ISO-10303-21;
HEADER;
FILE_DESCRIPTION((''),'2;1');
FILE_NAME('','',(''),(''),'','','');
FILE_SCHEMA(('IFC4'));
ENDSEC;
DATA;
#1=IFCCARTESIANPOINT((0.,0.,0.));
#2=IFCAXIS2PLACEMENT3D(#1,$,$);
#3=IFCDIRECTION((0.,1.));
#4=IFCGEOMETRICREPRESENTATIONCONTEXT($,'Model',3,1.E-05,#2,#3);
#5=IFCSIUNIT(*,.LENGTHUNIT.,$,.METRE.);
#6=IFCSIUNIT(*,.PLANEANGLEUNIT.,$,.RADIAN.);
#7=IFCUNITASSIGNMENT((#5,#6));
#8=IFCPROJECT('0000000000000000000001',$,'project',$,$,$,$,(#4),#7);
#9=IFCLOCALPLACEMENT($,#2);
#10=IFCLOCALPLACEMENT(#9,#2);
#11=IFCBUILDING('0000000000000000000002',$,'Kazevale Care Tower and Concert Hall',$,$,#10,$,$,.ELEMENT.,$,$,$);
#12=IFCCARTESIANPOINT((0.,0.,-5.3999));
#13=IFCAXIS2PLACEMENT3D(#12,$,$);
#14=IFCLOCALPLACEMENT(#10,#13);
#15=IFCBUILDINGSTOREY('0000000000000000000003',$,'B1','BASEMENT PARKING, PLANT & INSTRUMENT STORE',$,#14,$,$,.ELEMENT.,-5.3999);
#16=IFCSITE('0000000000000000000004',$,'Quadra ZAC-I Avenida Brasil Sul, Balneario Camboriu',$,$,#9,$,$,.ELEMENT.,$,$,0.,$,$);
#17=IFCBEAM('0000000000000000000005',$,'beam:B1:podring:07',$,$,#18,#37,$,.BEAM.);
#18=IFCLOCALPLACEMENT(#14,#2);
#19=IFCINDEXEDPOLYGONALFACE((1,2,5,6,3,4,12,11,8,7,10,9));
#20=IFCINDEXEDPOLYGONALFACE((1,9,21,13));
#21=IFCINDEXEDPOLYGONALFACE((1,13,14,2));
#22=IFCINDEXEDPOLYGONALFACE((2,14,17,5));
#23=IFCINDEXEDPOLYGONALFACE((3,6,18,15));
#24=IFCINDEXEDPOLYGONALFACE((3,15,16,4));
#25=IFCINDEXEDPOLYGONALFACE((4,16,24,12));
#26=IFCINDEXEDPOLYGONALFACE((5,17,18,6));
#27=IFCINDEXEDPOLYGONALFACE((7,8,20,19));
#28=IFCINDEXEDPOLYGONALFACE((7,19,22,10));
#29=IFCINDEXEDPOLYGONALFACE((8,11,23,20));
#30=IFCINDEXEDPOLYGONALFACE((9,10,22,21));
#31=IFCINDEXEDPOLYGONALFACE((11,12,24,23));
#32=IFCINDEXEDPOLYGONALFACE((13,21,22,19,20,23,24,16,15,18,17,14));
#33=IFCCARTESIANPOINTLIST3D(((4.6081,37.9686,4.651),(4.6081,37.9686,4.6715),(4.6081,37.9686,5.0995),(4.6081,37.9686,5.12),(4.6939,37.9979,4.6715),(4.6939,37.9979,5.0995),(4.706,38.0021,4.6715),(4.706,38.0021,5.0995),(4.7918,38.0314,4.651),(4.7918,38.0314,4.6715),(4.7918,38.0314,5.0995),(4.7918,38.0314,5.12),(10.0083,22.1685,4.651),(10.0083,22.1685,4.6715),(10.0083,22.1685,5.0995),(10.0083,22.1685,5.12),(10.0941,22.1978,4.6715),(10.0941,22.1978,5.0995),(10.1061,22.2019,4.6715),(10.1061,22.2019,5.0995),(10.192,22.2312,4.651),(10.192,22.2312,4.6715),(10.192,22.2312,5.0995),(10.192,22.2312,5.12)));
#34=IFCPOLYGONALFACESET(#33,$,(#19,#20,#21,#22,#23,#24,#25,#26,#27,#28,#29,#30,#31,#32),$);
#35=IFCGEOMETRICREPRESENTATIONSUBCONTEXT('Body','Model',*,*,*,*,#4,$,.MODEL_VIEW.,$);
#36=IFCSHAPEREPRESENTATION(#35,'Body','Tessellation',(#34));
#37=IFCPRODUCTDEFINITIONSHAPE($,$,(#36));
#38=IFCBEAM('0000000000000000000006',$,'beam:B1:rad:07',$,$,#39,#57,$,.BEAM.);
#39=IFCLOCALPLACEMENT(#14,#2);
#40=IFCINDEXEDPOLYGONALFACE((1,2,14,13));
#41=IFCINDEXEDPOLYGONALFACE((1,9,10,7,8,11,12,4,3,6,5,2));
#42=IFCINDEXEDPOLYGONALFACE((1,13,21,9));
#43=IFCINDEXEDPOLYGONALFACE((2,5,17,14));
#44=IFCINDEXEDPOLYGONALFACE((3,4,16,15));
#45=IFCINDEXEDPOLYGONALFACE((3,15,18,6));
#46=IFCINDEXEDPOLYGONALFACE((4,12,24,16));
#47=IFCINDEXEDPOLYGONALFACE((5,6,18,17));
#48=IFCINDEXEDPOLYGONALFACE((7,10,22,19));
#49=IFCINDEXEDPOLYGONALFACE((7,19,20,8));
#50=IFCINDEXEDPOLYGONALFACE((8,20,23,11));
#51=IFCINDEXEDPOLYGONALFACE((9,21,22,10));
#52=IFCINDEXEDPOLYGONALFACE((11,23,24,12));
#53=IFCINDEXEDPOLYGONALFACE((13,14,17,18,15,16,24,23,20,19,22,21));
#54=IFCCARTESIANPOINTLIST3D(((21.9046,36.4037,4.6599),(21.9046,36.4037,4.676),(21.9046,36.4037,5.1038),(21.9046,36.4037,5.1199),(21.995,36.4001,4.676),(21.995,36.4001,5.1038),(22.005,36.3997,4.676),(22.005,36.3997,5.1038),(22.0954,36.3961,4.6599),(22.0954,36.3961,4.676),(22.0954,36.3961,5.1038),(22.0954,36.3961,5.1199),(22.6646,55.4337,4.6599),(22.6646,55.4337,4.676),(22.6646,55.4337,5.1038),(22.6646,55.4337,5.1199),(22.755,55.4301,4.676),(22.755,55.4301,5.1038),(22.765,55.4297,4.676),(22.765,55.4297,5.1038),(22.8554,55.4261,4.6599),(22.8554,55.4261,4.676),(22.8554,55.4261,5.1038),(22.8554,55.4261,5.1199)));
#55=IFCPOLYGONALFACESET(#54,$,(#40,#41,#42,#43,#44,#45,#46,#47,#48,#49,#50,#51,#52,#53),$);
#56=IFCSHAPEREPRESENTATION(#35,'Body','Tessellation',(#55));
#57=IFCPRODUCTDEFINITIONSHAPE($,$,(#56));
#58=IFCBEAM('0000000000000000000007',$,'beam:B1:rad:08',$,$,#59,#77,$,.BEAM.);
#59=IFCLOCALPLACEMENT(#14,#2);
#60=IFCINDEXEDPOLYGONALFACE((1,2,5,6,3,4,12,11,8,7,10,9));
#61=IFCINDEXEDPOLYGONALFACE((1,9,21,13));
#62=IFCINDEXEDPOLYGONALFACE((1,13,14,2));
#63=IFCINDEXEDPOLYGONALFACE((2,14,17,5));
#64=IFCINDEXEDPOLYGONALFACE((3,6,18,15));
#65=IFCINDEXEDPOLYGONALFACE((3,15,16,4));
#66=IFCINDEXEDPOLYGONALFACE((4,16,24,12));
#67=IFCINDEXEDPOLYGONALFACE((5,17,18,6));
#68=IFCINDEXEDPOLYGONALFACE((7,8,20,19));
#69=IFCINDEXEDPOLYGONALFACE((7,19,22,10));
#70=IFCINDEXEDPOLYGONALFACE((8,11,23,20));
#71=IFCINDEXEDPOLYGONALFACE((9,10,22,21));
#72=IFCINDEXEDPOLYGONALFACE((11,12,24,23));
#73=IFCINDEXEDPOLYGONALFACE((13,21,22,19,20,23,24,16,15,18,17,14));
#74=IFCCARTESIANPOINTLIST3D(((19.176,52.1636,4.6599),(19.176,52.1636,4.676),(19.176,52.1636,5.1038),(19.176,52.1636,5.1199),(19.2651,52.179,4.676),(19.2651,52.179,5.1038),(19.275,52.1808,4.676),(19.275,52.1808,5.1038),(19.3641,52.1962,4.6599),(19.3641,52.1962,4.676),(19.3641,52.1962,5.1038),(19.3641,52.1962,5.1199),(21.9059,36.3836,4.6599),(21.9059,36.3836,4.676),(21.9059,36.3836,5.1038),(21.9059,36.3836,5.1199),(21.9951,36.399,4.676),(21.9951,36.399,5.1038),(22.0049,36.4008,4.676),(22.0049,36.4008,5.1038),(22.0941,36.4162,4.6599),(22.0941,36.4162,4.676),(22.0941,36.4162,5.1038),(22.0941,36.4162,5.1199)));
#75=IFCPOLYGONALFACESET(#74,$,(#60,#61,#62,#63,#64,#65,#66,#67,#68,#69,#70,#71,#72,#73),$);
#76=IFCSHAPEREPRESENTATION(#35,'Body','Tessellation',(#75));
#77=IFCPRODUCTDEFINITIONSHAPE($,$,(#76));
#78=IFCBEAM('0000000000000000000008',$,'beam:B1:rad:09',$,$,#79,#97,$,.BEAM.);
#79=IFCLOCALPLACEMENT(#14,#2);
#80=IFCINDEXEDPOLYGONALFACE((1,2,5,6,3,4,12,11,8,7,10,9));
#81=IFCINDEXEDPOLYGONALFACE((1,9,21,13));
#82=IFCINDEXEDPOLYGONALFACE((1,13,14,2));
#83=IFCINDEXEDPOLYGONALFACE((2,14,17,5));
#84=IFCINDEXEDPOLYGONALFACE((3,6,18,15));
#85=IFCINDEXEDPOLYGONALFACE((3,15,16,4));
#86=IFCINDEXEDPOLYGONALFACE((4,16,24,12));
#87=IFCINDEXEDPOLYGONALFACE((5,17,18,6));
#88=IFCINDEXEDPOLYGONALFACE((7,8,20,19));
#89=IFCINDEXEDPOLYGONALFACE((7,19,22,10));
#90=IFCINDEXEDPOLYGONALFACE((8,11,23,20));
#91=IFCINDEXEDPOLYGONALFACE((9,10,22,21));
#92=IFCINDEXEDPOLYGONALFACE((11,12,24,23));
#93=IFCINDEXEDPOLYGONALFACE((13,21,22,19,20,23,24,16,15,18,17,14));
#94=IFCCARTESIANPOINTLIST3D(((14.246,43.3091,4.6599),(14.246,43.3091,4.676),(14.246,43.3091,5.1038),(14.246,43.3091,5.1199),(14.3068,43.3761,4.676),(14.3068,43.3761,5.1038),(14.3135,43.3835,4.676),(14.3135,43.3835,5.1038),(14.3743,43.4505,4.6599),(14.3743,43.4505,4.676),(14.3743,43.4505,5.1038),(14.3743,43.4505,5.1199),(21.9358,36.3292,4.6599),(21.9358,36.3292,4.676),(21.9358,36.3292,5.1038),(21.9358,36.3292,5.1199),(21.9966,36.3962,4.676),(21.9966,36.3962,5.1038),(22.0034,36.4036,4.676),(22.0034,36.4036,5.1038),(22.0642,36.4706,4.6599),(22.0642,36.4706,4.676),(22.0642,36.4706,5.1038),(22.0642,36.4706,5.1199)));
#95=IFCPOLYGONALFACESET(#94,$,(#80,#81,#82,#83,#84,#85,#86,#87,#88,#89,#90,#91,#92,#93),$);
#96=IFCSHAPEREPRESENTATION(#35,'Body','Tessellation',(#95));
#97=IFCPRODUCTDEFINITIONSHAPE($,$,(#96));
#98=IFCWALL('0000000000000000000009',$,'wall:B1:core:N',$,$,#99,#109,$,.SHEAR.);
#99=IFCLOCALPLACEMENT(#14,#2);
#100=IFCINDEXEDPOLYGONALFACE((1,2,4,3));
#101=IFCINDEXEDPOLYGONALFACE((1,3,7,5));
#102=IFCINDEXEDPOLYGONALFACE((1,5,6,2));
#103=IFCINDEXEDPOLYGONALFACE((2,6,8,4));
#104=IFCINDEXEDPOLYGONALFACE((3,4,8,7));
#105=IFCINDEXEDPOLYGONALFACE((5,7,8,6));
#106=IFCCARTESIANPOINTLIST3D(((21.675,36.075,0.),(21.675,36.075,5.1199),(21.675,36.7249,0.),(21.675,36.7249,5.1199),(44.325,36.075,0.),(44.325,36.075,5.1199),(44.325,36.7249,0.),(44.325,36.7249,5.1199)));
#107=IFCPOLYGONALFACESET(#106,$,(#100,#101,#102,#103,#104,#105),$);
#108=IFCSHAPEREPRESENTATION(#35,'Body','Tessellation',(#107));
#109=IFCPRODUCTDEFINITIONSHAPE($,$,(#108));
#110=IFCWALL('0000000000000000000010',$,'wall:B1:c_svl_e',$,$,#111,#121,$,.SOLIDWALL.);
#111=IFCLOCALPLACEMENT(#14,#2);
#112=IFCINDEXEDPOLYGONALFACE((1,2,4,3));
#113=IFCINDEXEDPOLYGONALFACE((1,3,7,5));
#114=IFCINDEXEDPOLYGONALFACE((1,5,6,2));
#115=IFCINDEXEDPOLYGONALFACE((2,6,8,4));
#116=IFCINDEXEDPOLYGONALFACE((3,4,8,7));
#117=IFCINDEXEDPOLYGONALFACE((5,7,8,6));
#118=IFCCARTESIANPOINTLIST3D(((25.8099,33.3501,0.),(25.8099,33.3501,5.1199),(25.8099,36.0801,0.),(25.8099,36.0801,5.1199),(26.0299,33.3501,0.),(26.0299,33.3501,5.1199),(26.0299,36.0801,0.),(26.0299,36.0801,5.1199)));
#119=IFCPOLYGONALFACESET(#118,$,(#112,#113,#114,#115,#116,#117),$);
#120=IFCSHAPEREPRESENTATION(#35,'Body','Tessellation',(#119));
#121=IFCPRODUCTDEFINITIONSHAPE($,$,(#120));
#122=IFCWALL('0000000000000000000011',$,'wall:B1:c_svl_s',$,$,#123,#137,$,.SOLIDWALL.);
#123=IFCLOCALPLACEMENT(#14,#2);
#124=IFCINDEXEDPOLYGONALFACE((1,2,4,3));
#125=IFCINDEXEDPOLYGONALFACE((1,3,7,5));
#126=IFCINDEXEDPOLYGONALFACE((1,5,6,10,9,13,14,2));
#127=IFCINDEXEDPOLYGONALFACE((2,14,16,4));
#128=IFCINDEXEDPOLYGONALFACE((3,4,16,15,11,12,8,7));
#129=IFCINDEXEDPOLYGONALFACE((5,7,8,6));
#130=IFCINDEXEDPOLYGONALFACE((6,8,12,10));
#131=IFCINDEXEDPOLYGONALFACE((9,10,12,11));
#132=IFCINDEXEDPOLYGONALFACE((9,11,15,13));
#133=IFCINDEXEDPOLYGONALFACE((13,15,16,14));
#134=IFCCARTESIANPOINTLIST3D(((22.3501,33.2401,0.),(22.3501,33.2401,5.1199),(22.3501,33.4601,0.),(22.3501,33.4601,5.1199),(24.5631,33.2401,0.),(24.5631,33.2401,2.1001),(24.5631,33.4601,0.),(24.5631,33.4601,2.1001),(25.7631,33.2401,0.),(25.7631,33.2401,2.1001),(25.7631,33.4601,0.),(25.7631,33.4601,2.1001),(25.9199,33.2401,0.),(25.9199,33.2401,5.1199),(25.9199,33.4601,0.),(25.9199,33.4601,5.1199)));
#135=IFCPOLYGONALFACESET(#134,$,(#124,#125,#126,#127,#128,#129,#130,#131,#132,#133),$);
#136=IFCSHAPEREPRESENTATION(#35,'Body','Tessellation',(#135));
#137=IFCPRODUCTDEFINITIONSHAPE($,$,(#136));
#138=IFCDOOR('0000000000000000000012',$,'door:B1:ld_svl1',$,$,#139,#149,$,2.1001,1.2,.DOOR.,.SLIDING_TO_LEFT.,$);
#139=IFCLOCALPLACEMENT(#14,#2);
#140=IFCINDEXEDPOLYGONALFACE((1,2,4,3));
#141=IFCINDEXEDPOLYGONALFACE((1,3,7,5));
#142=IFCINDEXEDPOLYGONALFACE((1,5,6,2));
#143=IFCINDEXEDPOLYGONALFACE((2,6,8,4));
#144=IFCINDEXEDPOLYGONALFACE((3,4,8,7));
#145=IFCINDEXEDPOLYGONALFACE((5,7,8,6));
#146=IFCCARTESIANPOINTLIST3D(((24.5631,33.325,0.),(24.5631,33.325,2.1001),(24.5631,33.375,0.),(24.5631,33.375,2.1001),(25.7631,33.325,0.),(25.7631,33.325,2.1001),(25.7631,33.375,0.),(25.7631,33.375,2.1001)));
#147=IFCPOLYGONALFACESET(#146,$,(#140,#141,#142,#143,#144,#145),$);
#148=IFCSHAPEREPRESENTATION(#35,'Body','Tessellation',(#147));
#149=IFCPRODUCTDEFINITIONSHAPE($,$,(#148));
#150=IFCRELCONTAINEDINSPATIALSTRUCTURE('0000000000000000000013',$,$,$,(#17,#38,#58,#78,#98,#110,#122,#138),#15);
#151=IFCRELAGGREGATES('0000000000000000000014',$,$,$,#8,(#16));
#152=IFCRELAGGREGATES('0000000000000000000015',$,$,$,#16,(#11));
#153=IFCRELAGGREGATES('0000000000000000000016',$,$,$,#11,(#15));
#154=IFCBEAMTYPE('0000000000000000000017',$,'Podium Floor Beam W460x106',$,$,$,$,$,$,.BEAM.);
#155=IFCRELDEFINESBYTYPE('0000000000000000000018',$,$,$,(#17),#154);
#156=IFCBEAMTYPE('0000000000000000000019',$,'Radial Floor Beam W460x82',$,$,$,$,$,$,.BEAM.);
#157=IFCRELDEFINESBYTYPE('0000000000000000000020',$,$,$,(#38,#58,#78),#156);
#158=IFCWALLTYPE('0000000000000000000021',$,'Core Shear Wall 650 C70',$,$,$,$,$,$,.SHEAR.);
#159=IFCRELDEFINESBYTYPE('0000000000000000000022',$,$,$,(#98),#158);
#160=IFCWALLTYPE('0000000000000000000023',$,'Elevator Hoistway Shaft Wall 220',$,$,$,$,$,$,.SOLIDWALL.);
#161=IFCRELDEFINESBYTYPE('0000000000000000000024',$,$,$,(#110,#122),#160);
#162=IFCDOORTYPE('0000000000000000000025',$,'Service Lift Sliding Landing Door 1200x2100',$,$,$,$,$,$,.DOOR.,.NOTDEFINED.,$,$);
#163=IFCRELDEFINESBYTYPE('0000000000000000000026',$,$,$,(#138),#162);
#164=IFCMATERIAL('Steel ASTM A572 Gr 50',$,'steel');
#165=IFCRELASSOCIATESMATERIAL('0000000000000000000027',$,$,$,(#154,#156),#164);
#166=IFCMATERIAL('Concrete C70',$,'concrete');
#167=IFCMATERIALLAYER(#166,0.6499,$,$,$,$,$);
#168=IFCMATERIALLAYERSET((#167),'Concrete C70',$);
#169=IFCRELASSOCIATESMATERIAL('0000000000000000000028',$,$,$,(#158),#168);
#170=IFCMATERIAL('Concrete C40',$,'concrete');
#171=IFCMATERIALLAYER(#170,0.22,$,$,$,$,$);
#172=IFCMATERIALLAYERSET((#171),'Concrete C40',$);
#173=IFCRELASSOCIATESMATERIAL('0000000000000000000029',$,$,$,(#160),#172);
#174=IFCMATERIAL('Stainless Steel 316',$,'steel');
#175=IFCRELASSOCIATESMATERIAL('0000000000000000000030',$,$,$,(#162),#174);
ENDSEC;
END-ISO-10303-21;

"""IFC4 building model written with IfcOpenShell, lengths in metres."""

from ifc_helpers import new_model, si_unit, direction, frame, frame_2d, origin, origin_2d, place, context, subcontext, project, spatial, rectangle, i_section, extrude, material, layer, layer_set, material_profile, profile_set, type_object, element, fill, save


model = new_model("IFC4")

# Units and contexts
model_context = context("Model", 3, precision=1e-05, world=origin(), true_north=direction((0.0, 1.0)))
body_context = subcontext(model_context, "Body", "Model", "MODEL_VIEW")
ifc_project = project(units=[si_unit("LENGTHUNIT", "METRE"), si_unit("PLANEANGLEUNIT", "RADIAN")], contexts=[model_context])

# Site, building, storey
site_placement = place(None, origin())
site = spatial("IfcSite", under=ifc_project, at=site_placement, Name="Quadra ZAC-I Avenida Brasil Sul, Balneario Camboriu", CompositionType="ELEMENT", RefElevation=0.0)
building_placement = place(site_placement, origin())
building = spatial("IfcBuilding", under=site, at=building_placement, Name="Kazevale Care Tower and Concert Hall", CompositionType="ELEMENT")
storey_placement = place(building_placement, frame((0.0, 0.0, -5.3999)))
storey = spatial("IfcBuildingStorey", under=building, at=storey_placement, Name="B1", Description="BASEMENT PARKING, PLANT & INSTRUMENT STORE", CompositionType="ELEMENT", Elevation=-5.3999)

# Shared definitions
ifc_material_1 = material(Name="Concrete C70", Category="concrete")

# Beams
ifc_material_2 = material(Name="Steel ASTM A572 Gr 50", Category="steel")
ifc_material_profile_1 = material_profile(ifc_material_2, i_section(OverallWidth=0.1941, OverallDepth=0.469, WebThickness=0.0127, FlangeThickness=0.0205, at=origin_2d()), Name="W460x106")
ifc_profile_set_1 = profile_set([ifc_material_profile_1], Name="Steel ASTM A572 Gr 50")
beam_type_1 = type_object("IfcBeamType", Name="Podium Floor Beam W460x106", PredefinedType="BEAM", material=ifc_profile_set_1)
beam_1_placement = place(storey_placement, frame((4.7, 38.0, 4.8855), z_axis=(0.323412, -0.946258, 0.0), x_axis=(0.946258, 0.323412, 0.0)))
element("IfcBeam", 1, at=beam_1_placement, inside=storey, type_object=beam_type_1, Name="beam:B1:podring:07", PredefinedType="BEAM", context=body_context, shape_type="SweptSolid", body=[
    extrude(i_section(OverallWidth=0.1941, OverallDepth=0.469, WebThickness=0.0127, FlangeThickness=0.0205, at=origin_2d()), origin(), (0.0, 0.0, 1.0), 16.6975),
])
ifc_material_profile_2 = material_profile(ifc_material_2, i_section(OverallWidth=0.1909, OverallDepth=0.46, WebThickness=0.01, FlangeThickness=0.0161, at=origin_2d()), Name="W460x82")
ifc_profile_set_2 = profile_set([ifc_material_profile_2], Name="Steel ASTM A572 Gr 50")
beam_type_2 = type_object("IfcBeamType", Name="Radial Floor Beam W460x82", PredefinedType="BEAM", material=ifc_profile_set_2)
beam_2_placement = place(storey_placement, frame((22.0, 36.3999, 4.8899), z_axis=(0.039906, 0.999203, 0.0), x_axis=(-0.999203, 0.039906, 0.0)))
element("IfcBeam", 2, at=beam_2_placement, inside=storey, type_object=beam_type_2, Name="beam:B1:rad:07", PredefinedType="BEAM", context=body_context, shape_type="SweptSolid", body=[
    extrude(i_section(OverallWidth=0.1909, OverallDepth=0.46, WebThickness=0.01, FlangeThickness=0.0161, at=origin_2d()), origin(), (0.0, 0.0, 1.0), 19.0452),
])
beam_3_placement = place(storey_placement, frame((22.0, 36.3999, 4.8899), z_axis=(-0.17047, 0.985363, 0.0), x_axis=(-0.985363, -0.17047, 0.0)))
element("IfcBeam", 3, at=beam_3_placement, inside=storey, type_object=beam_type_2, Name="beam:B1:rad:08", PredefinedType="BEAM", context=body_context, shape_type="SweptSolid", body=[
    extrude(i_section(OverallWidth=0.1909, OverallDepth=0.46, WebThickness=0.01, FlangeThickness=0.0161, at=origin_2d()), origin(), (0.0, 0.0, 1.0), 16.0144),
])
beam_4_placement = place(storey_placement, frame((22.0, 36.3999, 4.8899), z_axis=(-0.740461, 0.672099, 0.0), x_axis=(-0.672099, -0.740461, 0.0)))
element("IfcBeam", 4, at=beam_4_placement, inside=storey, type_object=beam_type_2, Name="beam:B1:rad:09", PredefinedType="BEAM", context=body_context, shape_type="SweptSolid", body=[
    extrude(i_section(OverallWidth=0.1909, OverallDepth=0.46, WebThickness=0.01, FlangeThickness=0.0161, at=origin_2d()), origin(), (0.0, 0.0, 1.0), 10.3853),
])

# Walls
ifc_layer_1 = layer(ifc_material_1, 0.6499)
ifc_layer_set_1 = layer_set([ifc_layer_1], Name="Concrete C70")
wall_type_1 = type_object("IfcWallType", Name="Core Shear Wall 650 C70", PredefinedType="SHEAR", material=ifc_layer_set_1)
wall_1_placement = place(storey_placement, frame((21.675, 36.3999, 0.0), z_axis=(0.0, 0.0, 1.0), x_axis=(1.0, 0.0, 0.0)))
element("IfcWall", 5, at=wall_1_placement, inside=storey, type_object=wall_type_1, Name="wall:B1:core:N", PredefinedType="SHEAR", context=body_context, shape_type="SweptSolid", body=[
    extrude(rectangle(XDim=22.6499, YDim=0.6499, at=frame_2d((11.325, 0.0))), origin(), (0.0, 0.0, 1.0), 5.1199),
])
ifc_material_3 = material(Name="Concrete C40", Category="concrete")
ifc_layer_2 = layer(ifc_material_3, 0.22)
ifc_layer_set_2 = layer_set([ifc_layer_2], Name="Concrete C40")
wall_type_2 = type_object("IfcWallType", Name="Elevator Hoistway Shaft Wall 220", PredefinedType="SOLIDWALL", material=ifc_layer_set_2)
wall_2_placement = place(storey_placement, frame((25.9199, 33.3501, 0.0), z_axis=(0.0, 0.0, 1.0), x_axis=(0.0, 1.0, 0.0)))
element("IfcWall", 6, at=wall_2_placement, inside=storey, type_object=wall_type_2, Name="wall:B1:c_svl_e", PredefinedType="SOLIDWALL", context=body_context, shape_type="SweptSolid", body=[
    extrude(rectangle(XDim=2.73, YDim=0.22, at=frame_2d((1.365, 0.0))), origin(), (0.0, 0.0, 1.0), 5.1199),
])

# Wall, opening, door
wall_3_placement = place(storey_placement, frame((22.3501, 33.3501, 0.0), z_axis=(0.0, 0.0, 1.0), x_axis=(1.0, 0.0, 0.0)))
wall_3 = element("IfcWall", 7, at=wall_3_placement, inside=storey, type_object=wall_type_2, Name="wall:B1:c_svl_s", PredefinedType="SOLIDWALL", context=body_context, shape_type="SweptSolid", body=[
    extrude(rectangle(XDim=3.5698, YDim=0.22, at=frame_2d((1.7849, 0.0))), origin(), (0.0, 0.0, 1.0), 5.1199),
])
opening_1_placement = place(wall_3_placement, frame((2.2129, 0.0, 0.0)))
opening_1 = element("IfcOpeningElement", 8, at=opening_1_placement, cuts=wall_3, PredefinedType="OPENING", context=body_context, shape_type="SweptSolid", body=[
    extrude(rectangle(XDim=1.2, YDim=2.1001, at=frame_2d((0.6001, 1.05))), frame((0.0, 0.1199, 0.0), z_axis=(0.0, -1.0, 0.0), x_axis=(1.0, 0.0, 0.0)), (0.0, 0.0, 1.0), 0.24),
])
ifc_material_4 = material(Name="Stainless Steel 316", Category="steel")
door_type_1 = type_object("IfcDoorType", Name="Service Lift Sliding Landing Door 1200x2100", OperationType="NOTDEFINED", PredefinedType="DOOR", material=ifc_material_4)
door_1_placement = place(opening_1_placement, origin())
door_1 = element("IfcDoor", 9, at=door_1_placement, inside=storey, type_object=door_type_1, Name="door:B1:ld_svl1", OperationType="SLIDING_TO_LEFT", OverallHeight=2.1001, OverallWidth=1.2, PredefinedType="DOOR", context=body_context, shape_type="SweptSolid", body=[
    extrude(rectangle(XDim=1.2, YDim=2.1001, at=frame_2d((0.6001, 1.05))), frame((0.0, 0.0249, 0.0), z_axis=(0.0, -1.0, 0.0), x_axis=(1.0, 0.0, 0.0)), (0.0, 0.0, 1.0), 0.05),
])
fill(opening_1, door_1)

save(model, "model.ifc")
